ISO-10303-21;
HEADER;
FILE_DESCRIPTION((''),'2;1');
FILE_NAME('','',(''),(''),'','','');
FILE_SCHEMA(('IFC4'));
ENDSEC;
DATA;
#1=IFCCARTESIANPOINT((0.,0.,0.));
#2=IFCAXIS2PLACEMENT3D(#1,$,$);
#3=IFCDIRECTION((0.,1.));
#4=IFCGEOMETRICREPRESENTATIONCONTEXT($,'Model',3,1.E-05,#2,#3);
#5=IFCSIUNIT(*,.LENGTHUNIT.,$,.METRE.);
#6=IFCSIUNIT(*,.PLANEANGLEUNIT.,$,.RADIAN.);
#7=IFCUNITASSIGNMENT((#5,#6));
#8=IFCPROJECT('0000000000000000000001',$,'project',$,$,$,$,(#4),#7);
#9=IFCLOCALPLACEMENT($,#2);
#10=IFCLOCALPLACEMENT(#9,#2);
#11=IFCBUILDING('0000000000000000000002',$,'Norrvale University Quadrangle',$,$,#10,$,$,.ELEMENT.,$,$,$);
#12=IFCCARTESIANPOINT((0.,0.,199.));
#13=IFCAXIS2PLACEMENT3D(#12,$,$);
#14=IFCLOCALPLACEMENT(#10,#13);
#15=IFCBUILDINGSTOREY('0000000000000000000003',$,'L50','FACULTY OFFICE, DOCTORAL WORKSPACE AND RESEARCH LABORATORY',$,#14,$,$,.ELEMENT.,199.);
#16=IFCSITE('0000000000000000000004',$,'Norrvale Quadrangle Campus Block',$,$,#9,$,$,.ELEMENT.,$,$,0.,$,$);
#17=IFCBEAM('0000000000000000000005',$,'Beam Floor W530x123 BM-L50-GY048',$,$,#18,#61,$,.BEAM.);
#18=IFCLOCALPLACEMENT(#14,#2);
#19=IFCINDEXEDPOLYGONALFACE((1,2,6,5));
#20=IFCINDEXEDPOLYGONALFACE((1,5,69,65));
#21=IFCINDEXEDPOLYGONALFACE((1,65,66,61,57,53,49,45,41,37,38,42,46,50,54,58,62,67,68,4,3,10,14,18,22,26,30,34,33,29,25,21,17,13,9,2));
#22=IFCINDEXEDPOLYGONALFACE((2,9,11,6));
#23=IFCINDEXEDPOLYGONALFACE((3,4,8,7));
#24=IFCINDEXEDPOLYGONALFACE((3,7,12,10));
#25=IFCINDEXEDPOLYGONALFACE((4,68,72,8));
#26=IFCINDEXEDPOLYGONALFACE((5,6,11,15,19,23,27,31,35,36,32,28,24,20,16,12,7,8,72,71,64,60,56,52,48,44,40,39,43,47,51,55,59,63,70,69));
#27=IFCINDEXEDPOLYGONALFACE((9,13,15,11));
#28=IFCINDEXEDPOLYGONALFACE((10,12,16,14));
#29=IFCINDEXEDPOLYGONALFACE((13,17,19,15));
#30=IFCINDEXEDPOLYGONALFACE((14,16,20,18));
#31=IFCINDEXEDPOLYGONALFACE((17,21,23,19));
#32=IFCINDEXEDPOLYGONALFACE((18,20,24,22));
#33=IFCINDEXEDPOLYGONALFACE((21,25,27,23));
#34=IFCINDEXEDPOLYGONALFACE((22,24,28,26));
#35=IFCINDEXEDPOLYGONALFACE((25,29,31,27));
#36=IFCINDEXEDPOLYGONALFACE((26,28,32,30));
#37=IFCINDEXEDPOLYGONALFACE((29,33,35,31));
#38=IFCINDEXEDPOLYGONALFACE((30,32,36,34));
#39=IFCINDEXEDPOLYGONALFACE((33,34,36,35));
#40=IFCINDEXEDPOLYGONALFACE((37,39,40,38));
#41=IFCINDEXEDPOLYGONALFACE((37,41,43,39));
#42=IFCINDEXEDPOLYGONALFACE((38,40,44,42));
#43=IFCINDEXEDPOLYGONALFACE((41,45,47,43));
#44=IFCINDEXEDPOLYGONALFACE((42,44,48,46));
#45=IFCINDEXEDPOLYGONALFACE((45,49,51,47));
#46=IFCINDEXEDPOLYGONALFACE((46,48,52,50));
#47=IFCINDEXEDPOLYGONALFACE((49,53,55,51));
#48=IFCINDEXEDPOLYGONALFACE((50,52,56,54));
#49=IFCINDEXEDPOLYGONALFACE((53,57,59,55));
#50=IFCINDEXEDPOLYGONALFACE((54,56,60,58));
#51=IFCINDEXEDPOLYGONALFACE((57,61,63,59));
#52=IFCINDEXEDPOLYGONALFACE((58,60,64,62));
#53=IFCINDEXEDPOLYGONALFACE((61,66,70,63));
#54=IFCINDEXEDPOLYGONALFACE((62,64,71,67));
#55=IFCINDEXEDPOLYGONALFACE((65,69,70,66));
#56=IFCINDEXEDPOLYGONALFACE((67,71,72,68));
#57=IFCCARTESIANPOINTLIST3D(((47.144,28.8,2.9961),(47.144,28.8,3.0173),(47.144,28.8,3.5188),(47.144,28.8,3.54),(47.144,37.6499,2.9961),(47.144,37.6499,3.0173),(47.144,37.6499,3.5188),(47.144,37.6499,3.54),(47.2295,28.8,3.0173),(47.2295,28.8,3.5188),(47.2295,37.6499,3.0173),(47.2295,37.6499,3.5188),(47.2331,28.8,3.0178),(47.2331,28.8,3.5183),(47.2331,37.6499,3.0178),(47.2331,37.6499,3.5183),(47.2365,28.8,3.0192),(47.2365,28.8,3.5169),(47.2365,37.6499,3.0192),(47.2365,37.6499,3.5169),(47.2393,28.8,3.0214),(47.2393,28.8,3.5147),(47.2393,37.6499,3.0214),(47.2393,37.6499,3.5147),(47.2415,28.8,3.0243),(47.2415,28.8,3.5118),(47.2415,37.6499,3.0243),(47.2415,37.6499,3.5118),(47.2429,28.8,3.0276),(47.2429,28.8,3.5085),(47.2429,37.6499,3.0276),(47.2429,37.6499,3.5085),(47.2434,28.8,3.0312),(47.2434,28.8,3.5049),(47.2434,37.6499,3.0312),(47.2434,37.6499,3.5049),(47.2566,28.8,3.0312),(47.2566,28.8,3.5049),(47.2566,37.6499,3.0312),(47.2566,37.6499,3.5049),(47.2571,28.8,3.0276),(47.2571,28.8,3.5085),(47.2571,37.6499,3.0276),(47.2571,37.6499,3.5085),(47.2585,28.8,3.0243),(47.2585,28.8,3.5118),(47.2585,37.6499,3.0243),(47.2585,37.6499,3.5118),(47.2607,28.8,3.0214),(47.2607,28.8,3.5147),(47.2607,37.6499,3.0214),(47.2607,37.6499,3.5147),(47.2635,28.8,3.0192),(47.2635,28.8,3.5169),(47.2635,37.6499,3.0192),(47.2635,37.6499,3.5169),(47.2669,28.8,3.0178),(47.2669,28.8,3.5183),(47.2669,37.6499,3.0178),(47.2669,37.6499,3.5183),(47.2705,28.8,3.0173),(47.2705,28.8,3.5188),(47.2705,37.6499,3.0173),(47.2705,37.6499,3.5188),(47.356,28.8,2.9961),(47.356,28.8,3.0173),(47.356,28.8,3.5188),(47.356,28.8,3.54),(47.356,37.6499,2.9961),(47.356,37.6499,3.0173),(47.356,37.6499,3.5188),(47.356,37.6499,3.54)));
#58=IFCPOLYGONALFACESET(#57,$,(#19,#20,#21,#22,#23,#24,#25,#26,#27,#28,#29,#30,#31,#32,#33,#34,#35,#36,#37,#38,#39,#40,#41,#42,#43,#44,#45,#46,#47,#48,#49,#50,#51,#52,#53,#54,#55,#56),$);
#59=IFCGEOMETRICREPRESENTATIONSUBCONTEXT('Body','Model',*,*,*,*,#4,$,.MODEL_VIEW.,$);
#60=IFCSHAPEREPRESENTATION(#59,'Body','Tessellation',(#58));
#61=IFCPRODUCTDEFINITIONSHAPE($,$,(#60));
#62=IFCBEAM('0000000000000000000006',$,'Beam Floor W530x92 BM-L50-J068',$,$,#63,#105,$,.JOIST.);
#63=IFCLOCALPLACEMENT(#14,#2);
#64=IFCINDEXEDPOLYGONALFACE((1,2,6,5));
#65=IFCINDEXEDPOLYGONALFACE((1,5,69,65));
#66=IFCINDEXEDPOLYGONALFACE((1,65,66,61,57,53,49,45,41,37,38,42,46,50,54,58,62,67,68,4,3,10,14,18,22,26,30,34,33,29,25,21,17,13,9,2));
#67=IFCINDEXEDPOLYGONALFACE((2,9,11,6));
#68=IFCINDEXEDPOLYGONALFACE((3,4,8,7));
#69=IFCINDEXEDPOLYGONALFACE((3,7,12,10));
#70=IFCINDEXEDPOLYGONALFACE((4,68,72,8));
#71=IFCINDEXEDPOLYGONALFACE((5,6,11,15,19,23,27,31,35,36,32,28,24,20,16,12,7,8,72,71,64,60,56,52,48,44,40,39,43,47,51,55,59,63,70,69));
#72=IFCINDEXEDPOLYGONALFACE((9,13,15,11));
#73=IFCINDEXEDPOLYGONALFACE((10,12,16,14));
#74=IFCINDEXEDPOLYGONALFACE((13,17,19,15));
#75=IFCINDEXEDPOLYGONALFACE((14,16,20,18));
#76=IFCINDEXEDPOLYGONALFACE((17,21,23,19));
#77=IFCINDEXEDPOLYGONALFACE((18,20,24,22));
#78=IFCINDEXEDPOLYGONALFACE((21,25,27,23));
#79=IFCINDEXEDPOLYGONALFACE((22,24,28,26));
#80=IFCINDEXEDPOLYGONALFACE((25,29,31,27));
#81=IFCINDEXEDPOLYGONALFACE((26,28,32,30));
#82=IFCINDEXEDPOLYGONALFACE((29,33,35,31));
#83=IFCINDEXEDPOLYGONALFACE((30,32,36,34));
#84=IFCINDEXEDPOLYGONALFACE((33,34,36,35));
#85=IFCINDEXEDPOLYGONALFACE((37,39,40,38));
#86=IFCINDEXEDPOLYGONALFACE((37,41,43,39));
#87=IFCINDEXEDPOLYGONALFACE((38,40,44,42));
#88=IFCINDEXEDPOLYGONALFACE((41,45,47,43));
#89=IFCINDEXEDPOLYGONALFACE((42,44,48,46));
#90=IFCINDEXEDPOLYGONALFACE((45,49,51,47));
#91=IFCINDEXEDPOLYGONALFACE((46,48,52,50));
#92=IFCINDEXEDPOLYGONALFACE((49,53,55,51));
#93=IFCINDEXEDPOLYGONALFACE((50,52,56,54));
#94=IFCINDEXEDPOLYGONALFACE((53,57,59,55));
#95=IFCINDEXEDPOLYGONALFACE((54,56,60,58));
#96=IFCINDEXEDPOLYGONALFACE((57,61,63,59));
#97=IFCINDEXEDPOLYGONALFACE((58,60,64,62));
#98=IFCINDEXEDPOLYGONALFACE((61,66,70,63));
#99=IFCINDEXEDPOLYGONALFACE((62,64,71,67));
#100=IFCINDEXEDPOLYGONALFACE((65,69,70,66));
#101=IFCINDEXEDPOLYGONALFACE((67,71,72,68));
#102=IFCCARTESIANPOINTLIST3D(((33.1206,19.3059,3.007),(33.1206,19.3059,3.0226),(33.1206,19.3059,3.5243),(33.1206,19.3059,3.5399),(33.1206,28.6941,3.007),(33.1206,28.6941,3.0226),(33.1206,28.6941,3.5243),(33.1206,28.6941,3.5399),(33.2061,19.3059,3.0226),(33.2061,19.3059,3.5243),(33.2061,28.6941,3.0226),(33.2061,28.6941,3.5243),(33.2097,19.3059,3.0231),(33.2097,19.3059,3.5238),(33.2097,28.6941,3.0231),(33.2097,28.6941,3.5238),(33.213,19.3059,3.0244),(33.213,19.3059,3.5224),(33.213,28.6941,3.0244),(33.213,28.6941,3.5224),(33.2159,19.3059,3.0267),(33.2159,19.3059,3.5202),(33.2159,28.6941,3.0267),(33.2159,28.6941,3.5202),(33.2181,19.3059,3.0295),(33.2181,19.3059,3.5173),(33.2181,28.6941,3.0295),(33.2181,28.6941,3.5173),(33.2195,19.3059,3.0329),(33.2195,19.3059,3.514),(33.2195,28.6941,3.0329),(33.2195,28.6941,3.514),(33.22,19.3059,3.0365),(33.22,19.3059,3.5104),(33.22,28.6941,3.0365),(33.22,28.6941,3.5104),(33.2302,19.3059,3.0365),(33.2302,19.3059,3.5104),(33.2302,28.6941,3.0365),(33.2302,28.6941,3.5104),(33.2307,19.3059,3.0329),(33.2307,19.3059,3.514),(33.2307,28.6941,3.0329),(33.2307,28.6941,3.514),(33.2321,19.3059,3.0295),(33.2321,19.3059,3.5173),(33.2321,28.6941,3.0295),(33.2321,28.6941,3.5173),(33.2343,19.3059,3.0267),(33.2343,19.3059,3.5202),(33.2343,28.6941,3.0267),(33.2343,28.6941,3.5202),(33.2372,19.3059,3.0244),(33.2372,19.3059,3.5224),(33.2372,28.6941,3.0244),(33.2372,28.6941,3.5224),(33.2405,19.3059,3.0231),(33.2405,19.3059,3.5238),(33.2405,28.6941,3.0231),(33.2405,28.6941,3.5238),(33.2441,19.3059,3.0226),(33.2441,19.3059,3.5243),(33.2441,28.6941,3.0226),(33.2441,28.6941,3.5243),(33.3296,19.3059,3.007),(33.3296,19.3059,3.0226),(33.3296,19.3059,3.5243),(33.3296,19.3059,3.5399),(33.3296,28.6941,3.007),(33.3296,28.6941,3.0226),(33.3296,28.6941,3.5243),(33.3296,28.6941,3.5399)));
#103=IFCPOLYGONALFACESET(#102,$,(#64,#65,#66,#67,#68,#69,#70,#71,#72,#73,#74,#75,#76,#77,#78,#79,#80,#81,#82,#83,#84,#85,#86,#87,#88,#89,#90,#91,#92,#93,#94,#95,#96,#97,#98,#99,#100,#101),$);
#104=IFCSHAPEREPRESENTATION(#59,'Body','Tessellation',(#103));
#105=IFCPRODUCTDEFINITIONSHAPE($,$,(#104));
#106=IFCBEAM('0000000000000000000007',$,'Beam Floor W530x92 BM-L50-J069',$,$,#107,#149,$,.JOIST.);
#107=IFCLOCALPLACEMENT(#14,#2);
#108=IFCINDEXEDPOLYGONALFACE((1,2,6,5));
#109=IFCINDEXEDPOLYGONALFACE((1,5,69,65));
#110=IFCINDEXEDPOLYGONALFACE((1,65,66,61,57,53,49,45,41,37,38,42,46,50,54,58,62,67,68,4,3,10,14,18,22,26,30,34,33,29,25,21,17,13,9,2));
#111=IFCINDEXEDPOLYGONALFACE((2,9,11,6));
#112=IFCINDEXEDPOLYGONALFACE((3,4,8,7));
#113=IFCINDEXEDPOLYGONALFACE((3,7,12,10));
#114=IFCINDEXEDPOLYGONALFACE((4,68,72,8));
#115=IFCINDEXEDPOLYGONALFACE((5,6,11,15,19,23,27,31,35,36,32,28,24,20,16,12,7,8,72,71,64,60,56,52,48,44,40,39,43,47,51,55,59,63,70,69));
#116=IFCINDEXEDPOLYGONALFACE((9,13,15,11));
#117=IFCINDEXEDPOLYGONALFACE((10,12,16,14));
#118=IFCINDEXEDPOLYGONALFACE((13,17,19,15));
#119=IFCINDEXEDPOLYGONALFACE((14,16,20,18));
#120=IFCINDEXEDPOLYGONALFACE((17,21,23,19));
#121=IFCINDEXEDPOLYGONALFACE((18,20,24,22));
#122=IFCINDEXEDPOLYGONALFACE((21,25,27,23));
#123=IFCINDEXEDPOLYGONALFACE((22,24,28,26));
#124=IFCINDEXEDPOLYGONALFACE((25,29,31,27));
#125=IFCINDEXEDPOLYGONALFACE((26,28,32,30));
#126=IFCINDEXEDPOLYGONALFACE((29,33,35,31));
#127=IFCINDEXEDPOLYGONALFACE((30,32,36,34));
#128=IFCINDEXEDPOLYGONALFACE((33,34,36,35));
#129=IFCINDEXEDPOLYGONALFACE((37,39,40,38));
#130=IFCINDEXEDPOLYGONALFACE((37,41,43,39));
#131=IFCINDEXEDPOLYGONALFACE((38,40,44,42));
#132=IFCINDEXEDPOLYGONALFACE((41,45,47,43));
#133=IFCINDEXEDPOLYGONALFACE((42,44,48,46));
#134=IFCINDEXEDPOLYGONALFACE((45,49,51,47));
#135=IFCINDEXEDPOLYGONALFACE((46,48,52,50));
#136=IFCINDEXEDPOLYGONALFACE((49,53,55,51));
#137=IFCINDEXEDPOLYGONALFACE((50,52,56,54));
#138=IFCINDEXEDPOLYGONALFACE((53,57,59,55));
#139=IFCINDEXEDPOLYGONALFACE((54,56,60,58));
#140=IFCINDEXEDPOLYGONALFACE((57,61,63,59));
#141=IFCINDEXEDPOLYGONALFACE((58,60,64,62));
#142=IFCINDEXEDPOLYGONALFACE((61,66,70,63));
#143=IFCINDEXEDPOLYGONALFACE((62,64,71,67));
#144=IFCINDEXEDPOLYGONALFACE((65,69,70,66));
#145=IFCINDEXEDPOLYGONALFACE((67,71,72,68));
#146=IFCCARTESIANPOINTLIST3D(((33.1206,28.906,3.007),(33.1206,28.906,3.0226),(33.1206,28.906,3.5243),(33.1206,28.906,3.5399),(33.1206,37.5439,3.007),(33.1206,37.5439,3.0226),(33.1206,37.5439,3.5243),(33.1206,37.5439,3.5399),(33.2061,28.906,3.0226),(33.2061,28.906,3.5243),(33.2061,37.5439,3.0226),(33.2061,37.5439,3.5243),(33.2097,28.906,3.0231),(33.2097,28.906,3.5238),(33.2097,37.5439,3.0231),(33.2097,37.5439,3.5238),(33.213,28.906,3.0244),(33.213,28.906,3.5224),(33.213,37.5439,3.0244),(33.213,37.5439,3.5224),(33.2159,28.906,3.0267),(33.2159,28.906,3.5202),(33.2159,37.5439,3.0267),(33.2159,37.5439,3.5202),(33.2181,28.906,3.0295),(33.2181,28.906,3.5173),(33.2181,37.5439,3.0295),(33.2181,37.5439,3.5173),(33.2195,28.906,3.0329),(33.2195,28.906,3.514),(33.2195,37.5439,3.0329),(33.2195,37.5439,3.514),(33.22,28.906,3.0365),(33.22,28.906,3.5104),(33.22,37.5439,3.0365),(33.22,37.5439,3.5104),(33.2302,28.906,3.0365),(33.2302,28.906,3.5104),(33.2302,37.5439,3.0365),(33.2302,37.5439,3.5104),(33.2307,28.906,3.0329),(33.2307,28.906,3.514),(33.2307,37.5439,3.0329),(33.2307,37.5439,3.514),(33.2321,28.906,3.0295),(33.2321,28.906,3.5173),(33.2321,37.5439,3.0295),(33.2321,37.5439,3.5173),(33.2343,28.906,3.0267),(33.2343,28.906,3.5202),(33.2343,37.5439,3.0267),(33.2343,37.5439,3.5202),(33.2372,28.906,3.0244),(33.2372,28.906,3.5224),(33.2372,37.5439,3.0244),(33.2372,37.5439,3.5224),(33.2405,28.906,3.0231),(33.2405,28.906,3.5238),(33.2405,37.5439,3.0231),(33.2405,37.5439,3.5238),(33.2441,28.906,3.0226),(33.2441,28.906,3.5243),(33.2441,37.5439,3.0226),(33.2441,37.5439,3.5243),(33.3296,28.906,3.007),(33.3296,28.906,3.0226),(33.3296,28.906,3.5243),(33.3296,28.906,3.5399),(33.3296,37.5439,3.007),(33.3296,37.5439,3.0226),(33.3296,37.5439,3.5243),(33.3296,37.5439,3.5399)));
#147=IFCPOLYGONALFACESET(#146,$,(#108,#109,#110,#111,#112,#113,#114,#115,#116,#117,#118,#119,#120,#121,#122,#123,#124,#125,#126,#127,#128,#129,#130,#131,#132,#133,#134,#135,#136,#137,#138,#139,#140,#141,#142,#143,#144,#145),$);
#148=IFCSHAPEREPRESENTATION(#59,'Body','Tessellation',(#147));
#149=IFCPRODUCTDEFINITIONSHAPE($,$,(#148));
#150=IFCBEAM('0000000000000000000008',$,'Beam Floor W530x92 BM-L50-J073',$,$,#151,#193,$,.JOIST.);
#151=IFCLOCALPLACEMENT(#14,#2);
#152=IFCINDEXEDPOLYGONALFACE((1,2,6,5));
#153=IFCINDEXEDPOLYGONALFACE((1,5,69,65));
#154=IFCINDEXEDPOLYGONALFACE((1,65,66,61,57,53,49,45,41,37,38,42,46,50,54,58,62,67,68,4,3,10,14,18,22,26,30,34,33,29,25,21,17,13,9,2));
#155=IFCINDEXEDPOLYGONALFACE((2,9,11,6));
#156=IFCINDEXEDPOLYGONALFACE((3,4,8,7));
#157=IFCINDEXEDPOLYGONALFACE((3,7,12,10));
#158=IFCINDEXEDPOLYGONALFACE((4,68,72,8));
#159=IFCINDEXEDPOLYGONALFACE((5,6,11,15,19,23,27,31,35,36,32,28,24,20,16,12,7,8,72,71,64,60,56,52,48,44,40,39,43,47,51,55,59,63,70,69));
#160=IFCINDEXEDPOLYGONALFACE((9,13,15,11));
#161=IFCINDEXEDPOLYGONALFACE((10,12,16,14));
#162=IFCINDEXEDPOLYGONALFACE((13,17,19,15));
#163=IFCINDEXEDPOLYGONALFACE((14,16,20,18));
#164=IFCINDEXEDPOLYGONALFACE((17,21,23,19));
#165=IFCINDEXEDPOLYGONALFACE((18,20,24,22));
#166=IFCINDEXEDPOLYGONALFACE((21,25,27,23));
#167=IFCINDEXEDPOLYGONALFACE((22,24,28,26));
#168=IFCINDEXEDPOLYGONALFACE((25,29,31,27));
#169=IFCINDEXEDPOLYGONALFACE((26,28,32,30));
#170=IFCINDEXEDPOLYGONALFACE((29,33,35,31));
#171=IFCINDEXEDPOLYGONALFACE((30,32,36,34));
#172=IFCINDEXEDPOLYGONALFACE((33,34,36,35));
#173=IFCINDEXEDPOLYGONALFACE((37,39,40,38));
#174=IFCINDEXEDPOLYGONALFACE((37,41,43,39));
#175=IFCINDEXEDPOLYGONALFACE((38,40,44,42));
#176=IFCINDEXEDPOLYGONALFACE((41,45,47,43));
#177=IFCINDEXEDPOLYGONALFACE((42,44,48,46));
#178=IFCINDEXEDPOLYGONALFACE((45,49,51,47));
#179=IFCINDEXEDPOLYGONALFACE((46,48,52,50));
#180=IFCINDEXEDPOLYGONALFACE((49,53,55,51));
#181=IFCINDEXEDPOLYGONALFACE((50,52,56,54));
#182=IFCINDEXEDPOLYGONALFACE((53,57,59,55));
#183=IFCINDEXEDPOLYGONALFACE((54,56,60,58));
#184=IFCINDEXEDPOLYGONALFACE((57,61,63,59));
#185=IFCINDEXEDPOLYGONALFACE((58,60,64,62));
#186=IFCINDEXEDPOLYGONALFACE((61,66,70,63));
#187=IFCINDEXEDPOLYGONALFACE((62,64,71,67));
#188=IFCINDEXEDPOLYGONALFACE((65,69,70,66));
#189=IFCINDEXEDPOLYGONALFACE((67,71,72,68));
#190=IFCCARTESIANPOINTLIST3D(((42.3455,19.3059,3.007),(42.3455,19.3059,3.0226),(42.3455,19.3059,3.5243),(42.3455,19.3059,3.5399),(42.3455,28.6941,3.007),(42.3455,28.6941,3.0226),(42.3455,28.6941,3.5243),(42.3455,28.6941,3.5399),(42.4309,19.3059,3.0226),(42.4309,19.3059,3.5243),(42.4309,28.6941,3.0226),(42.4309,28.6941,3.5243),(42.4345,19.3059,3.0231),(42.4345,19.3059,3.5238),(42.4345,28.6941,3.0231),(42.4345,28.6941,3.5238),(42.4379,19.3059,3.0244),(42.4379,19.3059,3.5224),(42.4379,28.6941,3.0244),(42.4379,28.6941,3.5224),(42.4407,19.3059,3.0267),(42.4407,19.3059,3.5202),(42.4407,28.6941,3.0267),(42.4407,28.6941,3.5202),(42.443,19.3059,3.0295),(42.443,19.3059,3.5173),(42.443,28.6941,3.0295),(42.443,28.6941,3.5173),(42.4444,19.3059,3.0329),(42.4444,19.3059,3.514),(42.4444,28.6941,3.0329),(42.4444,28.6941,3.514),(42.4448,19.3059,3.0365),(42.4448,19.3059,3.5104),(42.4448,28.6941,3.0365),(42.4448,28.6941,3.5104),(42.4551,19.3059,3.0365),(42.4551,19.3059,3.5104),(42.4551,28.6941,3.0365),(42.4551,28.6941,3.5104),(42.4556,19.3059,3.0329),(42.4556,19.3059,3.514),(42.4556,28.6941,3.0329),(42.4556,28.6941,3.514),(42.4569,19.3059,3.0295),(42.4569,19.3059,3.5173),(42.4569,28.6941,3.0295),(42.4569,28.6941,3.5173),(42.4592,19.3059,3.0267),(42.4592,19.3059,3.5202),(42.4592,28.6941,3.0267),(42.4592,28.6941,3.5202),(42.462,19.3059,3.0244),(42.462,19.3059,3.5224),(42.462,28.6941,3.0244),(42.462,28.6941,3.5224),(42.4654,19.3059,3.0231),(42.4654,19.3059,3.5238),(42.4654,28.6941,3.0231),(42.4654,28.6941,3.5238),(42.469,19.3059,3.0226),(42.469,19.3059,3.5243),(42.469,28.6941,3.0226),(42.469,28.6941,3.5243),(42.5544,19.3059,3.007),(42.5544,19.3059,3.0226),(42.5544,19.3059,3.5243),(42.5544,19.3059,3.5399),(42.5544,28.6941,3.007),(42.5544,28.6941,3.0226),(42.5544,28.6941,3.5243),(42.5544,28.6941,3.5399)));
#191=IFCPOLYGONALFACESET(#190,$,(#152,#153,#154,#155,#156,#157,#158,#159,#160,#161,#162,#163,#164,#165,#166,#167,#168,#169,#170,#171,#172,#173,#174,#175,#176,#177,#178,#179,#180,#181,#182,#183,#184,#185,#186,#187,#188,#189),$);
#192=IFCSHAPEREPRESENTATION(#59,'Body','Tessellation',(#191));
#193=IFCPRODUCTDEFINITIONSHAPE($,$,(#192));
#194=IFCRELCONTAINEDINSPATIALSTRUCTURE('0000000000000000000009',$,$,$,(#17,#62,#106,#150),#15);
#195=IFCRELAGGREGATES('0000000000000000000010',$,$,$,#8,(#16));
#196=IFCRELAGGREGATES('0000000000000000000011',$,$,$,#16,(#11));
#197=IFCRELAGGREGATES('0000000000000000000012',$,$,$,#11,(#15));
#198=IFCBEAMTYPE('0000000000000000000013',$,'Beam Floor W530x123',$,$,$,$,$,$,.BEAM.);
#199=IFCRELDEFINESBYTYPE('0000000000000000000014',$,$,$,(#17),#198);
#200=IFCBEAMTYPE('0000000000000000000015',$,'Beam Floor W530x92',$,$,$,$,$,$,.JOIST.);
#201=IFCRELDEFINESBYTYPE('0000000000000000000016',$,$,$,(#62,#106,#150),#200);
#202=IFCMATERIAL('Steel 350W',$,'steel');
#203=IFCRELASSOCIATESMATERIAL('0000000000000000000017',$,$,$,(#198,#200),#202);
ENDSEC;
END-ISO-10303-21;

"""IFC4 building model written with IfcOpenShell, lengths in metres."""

from ifc_helpers import new_model, si_unit, direction, frame, origin, origin_2d, place, context, subcontext, project, spatial, i_section, extrude, material, material_profile, profile_set, type_object, element, save


model = new_model("IFC4")

# Units and contexts
model_context = context("Model", 3, precision=1e-05, world=origin(), true_north=direction((0.0, 1.0)))
body_context = subcontext(model_context, "Body", "Model", "MODEL_VIEW")
ifc_project = project(units=[si_unit("LENGTHUNIT", "METRE"), si_unit("PLANEANGLEUNIT", "RADIAN")], contexts=[model_context])

# Site, building, storey
site_placement = place(None, origin())
site = spatial("IfcSite", under=ifc_project, at=site_placement, Name="Norrvale Quadrangle Campus Block", CompositionType="ELEMENT", RefElevation=0.0)
building_placement = place(site_placement, origin())
building = spatial("IfcBuilding", under=site, at=building_placement, Name="Norrvale University Quadrangle", CompositionType="ELEMENT")
storey_placement = place(building_placement, frame((0.0, 0.0, 199.0)))
storey = spatial("IfcBuildingStorey", under=building, at=storey_placement, Name="L50", Description="FACULTY OFFICE, DOCTORAL WORKSPACE AND RESEARCH LABORATORY", CompositionType="ELEMENT", Elevation=199.0)

# Beams
ifc_material_1 = material(Name="Steel 350W", Category="steel")
ifc_material_profile_1 = material_profile(ifc_material_1, i_section(OverallWidth=0.2119, OverallDepth=0.5439, WebThickness=0.0132, FlangeThickness=0.0212, FilletRadius=0.0139, at=origin_2d()), Name="Steel 350W")
ifc_profile_set_1 = profile_set([ifc_material_profile_1], Name="Steel 350W")
beam_type_1 = type_object("IfcBeamType", Name="Beam Floor W530x123", PredefinedType="BEAM", material=ifc_profile_set_1)
for number, where, z_axis, x_axis, name in (
    (1, (47.25, 28.8, 3.2681), (0.0, 1.0, 0.0), (-1.0, 0.0, 0.0), "Beam Floor W530x123 BM-L50-GY048"),
):
    element("IfcBeam", number, at=place(storey_placement, frame(where, z_axis=z_axis, x_axis=x_axis)), inside=storey, type_object=beam_type_1, Name=name, PredefinedType="BEAM", context=body_context, shape_type="SweptSolid", body=[
        extrude(i_section(OverallWidth=0.2119, OverallDepth=0.5439, WebThickness=0.0132, FlangeThickness=0.0212, FilletRadius=0.0139, at=origin_2d()), origin(), (0.0, 0.0, 1.0), 8.8499),
    ])
ifc_material_profile_2 = material_profile(ifc_material_1, i_section(OverallWidth=0.209, OverallDepth=0.533, WebThickness=0.0103, FlangeThickness=0.0156, FilletRadius=0.0139, at=origin_2d()), Name="Steel 350W")
ifc_profile_set_2 = profile_set([ifc_material_profile_2], Name="Steel 350W")
beam_type_2 = type_object("IfcBeamType", Name="Beam Floor W530x92", PredefinedType="JOIST", material=ifc_profile_set_2)
beam_1_placement = place(storey_placement, frame((33.2251, 19.3059, 3.2734), z_axis=(0.0, 1.0, 0.0), x_axis=(-1.0, 0.0, 0.0)))
element("IfcBeam", 2, at=beam_1_placement, inside=storey, type_object=beam_type_2, Name="Beam Floor W530x92 BM-L50-J068", PredefinedType="JOIST", context=body_context, shape_type="SweptSolid", body=[
    extrude(i_section(OverallWidth=0.209, OverallDepth=0.533, WebThickness=0.0103, FlangeThickness=0.0156, FilletRadius=0.0139, at=origin_2d()), origin(), (0.0, 0.0, 1.0), 9.3882),
])
beam_2_placement = place(storey_placement, frame((33.2251, 28.906, 3.2734), z_axis=(0.0, 1.0, 0.0), x_axis=(-1.0, 0.0, 0.0)))
element("IfcBeam", 3, at=beam_2_placement, inside=storey, type_object=beam_type_2, Name="Beam Floor W530x92 BM-L50-J069", PredefinedType="JOIST", context=body_context, shape_type="SweptSolid", body=[
    extrude(i_section(OverallWidth=0.209, OverallDepth=0.533, WebThickness=0.0103, FlangeThickness=0.0156, FilletRadius=0.0139, at=origin_2d()), origin(), (0.0, 0.0, 1.0), 8.6379),
])
beam_3_placement = place(storey_placement, frame((42.45, 19.3059, 3.2734), z_axis=(0.0, 1.0, 0.0), x_axis=(-1.0, 0.0, 0.0)))
element("IfcBeam", 4, at=beam_3_placement, inside=storey, type_object=beam_type_2, Name="Beam Floor W530x92 BM-L50-J073", PredefinedType="JOIST", context=body_context, shape_type="SweptSolid", body=[
    extrude(i_section(OverallWidth=0.209, OverallDepth=0.533, WebThickness=0.0103, FlangeThickness=0.0156, FilletRadius=0.0139, at=origin_2d()), origin(), (0.0, 0.0, 1.0), 9.3882),
])

save(model, "model.ifc")
